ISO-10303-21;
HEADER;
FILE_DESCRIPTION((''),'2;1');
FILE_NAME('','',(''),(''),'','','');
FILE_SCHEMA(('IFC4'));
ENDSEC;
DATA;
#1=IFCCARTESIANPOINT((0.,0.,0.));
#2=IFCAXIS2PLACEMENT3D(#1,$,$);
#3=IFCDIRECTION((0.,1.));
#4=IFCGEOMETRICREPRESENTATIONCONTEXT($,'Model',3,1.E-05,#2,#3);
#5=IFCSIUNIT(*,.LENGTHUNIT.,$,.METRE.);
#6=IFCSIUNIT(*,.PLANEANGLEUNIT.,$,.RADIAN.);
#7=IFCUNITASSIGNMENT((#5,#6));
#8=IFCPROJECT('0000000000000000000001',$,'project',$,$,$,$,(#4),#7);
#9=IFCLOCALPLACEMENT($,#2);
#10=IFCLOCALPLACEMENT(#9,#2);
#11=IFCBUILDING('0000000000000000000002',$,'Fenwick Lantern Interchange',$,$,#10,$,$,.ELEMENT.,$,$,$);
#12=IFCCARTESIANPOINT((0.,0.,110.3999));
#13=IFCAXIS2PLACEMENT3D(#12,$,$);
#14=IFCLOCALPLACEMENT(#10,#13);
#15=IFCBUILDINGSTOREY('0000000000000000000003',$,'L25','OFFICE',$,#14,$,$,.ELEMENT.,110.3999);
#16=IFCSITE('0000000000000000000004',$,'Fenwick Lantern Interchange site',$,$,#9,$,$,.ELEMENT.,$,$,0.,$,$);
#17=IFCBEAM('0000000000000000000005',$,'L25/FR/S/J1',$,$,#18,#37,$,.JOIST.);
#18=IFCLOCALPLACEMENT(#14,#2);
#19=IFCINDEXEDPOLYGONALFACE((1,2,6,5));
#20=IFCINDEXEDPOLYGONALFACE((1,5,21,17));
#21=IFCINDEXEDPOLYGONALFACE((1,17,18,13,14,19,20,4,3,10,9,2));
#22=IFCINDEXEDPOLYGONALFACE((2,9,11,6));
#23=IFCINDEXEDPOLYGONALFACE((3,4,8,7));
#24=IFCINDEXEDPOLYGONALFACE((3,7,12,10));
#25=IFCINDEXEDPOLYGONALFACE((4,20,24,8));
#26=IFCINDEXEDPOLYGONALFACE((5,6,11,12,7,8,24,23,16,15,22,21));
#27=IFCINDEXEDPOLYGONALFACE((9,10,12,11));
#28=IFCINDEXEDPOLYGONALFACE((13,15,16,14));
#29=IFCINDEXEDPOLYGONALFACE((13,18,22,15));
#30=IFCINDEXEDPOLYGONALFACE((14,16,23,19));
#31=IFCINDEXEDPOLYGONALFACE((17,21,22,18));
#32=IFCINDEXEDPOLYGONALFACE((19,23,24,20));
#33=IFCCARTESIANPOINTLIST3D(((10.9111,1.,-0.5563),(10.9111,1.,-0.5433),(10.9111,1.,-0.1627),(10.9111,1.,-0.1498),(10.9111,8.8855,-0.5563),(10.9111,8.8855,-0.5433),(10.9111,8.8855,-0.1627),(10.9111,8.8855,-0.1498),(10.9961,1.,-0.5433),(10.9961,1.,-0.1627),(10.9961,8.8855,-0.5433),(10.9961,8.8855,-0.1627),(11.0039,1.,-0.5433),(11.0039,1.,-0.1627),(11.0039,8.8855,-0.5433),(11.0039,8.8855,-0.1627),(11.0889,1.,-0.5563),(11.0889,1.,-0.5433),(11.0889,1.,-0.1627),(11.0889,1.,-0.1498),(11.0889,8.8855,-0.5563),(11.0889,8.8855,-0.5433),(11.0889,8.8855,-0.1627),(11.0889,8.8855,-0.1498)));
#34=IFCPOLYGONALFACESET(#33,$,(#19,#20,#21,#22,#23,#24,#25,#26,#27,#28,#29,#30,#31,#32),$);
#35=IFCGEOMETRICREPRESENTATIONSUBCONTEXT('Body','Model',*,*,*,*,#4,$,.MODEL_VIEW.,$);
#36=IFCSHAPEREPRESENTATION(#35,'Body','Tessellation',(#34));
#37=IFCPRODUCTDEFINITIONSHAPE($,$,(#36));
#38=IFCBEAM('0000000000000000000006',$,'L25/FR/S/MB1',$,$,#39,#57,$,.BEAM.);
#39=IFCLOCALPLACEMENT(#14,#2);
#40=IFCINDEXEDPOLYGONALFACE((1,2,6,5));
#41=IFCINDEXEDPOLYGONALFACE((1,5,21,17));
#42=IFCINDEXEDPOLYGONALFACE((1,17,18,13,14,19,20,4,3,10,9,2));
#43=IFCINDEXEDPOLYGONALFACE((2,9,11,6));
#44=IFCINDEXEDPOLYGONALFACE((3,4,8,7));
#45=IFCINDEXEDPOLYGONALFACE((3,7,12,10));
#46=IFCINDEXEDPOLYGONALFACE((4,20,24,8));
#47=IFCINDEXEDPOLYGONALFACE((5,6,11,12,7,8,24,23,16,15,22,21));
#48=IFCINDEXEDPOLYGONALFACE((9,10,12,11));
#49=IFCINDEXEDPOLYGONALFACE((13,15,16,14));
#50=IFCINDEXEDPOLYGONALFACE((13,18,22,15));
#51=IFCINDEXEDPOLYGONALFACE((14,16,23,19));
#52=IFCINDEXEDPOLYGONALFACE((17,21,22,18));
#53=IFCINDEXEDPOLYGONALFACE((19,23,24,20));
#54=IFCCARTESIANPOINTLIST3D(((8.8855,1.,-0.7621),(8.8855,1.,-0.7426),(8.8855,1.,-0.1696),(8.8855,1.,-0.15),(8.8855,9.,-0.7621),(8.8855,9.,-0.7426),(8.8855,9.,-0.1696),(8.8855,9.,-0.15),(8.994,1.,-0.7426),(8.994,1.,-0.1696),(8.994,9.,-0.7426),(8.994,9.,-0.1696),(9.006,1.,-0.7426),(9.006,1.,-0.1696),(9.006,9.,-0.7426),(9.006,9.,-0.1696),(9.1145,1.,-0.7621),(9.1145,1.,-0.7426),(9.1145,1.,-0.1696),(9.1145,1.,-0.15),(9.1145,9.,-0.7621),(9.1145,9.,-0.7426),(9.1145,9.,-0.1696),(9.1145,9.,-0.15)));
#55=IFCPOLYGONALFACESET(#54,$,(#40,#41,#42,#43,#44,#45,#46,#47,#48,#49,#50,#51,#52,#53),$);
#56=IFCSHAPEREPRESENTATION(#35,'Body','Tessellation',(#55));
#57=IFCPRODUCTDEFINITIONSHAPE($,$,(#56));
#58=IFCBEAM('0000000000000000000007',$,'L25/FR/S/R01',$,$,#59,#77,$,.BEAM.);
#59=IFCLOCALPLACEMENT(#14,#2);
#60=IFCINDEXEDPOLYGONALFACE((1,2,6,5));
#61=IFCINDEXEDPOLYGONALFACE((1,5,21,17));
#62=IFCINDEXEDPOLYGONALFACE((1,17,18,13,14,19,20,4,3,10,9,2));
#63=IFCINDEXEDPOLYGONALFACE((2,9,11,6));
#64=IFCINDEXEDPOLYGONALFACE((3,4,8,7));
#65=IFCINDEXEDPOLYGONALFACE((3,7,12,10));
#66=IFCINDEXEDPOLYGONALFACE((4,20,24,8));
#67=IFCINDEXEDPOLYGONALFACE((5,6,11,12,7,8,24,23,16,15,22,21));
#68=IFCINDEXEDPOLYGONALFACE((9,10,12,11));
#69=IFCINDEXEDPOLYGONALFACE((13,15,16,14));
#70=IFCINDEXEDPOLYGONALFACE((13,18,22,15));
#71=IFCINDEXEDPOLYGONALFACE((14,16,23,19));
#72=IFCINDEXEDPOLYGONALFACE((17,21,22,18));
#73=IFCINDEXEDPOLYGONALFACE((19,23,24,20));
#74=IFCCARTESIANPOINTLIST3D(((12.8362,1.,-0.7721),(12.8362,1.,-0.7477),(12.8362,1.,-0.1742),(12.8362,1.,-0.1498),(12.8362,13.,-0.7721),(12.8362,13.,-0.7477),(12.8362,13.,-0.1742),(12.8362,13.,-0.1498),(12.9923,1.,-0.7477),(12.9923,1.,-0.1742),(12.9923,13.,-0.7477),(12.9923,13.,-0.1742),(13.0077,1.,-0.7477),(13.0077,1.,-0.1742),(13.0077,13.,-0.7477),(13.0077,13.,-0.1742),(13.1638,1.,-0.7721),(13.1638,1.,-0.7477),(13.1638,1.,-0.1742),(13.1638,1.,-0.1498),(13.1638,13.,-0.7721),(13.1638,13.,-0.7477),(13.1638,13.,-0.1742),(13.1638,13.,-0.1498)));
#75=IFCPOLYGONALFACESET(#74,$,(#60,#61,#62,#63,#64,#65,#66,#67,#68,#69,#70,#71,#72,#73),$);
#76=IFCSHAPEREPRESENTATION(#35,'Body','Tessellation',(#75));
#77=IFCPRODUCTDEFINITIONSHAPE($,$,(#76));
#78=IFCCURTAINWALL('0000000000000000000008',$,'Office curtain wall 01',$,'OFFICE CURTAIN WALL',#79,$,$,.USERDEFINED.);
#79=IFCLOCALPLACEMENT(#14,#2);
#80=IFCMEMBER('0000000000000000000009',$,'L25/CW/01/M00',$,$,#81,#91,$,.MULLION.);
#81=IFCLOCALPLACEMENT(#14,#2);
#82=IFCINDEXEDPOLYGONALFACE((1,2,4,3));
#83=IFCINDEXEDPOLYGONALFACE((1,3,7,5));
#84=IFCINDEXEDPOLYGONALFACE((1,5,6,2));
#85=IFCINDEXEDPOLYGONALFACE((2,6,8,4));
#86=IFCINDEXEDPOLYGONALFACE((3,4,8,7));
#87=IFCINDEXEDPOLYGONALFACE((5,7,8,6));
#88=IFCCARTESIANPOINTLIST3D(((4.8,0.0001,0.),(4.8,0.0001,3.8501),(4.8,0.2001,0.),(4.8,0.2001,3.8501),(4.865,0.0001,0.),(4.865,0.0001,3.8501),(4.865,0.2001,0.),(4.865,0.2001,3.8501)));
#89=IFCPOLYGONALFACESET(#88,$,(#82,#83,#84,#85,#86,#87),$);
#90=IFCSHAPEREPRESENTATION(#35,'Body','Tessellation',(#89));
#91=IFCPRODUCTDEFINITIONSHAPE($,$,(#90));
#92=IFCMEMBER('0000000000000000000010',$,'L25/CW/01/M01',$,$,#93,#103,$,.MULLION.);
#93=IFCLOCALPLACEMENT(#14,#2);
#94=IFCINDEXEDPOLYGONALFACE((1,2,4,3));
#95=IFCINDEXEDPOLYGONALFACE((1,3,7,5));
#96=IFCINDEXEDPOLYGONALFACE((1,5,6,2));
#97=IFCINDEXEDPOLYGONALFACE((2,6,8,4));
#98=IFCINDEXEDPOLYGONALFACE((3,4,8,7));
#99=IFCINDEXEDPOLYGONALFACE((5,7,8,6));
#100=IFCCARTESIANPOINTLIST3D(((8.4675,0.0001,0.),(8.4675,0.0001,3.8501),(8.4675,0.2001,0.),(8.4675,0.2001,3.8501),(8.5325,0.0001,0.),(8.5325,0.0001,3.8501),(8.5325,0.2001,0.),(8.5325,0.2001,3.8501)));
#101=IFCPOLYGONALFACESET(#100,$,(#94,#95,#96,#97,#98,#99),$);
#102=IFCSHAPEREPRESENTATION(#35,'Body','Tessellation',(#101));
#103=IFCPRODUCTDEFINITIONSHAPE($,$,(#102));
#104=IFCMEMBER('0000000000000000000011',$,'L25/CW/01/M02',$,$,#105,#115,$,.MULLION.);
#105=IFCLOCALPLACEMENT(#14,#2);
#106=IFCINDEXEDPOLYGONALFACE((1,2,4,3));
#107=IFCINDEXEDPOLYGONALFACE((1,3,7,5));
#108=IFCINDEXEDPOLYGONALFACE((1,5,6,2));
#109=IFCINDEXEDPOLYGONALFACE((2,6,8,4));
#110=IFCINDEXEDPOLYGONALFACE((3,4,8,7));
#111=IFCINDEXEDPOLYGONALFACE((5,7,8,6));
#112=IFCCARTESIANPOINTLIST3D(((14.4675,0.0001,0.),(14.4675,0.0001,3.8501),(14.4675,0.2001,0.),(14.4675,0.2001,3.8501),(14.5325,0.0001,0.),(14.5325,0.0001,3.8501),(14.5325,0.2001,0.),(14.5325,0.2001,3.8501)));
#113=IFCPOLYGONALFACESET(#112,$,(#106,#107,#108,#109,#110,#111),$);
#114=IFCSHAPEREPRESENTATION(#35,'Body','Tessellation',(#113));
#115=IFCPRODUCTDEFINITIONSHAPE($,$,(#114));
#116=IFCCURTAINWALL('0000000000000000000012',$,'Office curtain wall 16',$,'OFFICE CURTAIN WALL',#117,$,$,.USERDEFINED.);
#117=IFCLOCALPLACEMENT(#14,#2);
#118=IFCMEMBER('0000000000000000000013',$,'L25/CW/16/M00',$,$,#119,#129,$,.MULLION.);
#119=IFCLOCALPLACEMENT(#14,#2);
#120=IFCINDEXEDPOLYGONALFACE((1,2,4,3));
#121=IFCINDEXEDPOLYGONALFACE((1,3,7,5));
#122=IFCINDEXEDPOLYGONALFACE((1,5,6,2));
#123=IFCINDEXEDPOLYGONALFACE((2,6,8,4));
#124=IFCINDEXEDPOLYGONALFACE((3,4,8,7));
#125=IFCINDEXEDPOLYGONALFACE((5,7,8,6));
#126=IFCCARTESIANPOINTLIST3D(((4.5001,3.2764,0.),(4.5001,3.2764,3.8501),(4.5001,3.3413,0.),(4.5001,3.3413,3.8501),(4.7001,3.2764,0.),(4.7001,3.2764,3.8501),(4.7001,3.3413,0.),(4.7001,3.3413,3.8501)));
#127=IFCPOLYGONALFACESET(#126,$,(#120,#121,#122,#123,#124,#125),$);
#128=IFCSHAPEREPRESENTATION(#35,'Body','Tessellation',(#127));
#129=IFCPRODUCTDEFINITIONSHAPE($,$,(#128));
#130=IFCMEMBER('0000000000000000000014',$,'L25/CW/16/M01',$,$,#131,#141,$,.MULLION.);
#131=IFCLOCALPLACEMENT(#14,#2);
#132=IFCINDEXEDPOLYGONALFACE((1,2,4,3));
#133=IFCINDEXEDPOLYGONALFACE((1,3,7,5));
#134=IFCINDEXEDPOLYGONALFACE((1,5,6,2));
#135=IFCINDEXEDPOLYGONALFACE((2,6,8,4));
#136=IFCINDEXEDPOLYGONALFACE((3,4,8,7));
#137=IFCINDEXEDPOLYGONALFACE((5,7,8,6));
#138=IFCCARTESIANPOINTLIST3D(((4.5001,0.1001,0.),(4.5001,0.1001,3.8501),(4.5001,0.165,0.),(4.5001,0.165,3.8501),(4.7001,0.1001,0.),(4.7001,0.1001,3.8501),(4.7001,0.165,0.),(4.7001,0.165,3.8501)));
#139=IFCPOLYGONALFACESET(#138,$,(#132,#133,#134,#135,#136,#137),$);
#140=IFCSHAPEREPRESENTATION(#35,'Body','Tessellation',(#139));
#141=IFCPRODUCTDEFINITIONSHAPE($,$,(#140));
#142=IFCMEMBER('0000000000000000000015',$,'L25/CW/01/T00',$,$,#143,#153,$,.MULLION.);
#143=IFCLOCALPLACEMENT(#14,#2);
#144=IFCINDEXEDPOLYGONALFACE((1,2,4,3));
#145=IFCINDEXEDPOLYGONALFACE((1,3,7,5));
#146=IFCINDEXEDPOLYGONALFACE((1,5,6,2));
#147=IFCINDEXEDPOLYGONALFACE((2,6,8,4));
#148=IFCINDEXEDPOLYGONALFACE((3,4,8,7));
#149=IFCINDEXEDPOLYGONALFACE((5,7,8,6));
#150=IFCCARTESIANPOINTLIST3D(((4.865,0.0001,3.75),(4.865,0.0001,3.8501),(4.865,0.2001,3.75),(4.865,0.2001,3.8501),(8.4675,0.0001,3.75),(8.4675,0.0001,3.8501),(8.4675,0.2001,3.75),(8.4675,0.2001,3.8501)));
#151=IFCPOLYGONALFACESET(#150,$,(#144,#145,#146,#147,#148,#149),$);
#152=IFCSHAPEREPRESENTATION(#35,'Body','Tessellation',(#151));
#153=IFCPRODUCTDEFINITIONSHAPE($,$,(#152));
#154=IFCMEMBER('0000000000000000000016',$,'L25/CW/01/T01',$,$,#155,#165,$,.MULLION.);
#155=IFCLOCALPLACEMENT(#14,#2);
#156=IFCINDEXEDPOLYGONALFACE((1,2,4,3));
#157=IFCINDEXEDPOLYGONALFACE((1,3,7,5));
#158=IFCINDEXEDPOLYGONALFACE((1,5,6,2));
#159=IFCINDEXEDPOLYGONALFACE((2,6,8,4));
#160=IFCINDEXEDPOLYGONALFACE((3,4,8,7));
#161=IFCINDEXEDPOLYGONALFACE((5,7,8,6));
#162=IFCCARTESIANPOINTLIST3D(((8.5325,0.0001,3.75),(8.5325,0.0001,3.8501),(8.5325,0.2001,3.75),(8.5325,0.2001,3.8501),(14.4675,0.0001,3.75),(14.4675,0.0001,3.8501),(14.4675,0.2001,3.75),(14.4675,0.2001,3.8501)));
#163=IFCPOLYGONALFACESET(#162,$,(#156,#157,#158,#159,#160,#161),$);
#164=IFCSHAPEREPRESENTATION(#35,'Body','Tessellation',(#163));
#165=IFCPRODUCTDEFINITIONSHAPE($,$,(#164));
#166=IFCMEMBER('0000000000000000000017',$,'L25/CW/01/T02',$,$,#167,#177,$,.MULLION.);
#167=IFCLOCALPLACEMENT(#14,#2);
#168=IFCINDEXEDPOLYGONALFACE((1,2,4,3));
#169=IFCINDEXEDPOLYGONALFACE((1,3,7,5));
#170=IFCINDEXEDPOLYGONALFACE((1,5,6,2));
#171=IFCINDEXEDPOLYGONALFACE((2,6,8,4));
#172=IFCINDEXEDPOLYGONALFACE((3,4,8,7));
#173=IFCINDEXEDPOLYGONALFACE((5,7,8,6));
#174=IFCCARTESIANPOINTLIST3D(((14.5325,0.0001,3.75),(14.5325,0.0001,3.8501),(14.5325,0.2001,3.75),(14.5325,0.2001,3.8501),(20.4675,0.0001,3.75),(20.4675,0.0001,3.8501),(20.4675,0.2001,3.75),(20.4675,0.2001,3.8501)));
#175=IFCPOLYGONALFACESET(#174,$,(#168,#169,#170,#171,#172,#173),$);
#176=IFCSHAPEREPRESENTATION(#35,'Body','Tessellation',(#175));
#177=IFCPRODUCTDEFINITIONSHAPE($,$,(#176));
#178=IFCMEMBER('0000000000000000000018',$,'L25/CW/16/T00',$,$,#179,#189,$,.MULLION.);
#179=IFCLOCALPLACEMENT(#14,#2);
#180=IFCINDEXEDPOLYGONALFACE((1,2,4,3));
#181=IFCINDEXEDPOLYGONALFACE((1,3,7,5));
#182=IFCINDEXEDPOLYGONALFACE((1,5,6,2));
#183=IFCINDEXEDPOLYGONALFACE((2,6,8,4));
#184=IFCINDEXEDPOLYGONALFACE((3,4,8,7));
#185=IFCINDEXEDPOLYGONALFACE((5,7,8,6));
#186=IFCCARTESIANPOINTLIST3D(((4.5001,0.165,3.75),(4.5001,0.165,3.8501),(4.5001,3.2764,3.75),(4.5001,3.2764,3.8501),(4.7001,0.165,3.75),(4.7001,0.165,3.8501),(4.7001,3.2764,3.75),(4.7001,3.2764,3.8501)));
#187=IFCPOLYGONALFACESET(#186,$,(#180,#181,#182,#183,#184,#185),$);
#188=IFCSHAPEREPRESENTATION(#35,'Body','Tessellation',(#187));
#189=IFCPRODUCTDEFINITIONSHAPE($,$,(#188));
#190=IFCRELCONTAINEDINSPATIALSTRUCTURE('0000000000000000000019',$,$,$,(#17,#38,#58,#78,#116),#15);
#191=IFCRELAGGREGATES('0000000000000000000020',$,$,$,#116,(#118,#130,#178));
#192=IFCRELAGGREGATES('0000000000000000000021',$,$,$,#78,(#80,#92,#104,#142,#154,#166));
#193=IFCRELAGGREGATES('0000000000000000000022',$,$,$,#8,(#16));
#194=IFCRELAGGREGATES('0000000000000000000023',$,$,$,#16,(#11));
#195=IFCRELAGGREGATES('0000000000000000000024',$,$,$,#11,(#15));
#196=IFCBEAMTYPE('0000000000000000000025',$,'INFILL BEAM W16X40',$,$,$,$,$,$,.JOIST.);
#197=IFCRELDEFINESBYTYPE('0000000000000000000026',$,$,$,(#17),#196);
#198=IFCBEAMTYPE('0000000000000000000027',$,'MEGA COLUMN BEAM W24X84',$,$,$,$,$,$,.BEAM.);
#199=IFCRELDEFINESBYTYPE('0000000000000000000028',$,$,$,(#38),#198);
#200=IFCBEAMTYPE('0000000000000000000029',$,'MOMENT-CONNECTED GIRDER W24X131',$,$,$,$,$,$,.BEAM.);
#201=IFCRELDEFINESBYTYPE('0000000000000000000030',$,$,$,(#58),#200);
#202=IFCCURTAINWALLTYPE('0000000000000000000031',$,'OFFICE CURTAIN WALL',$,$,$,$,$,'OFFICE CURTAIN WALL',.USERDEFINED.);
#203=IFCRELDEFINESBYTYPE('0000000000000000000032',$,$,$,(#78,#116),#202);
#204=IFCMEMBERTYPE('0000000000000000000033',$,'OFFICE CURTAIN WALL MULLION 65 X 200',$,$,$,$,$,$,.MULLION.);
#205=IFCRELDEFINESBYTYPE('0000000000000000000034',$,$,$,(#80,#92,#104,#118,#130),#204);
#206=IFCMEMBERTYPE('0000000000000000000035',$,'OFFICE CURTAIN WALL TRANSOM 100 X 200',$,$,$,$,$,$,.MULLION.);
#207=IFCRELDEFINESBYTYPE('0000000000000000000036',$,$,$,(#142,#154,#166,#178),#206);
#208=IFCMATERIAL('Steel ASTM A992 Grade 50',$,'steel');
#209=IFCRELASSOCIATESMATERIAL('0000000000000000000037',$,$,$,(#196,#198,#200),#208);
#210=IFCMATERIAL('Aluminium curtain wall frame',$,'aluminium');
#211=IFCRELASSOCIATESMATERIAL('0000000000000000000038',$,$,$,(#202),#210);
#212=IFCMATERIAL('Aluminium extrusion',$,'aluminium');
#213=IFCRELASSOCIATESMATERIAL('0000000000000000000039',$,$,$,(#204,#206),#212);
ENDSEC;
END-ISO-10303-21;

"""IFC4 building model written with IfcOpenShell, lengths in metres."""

from ifc_helpers import new_model, si_unit, direction, frame, origin, origin_2d, place, context, subcontext, project, spatial, rectangle, i_section, extrude, material, material_profile, profile_set, type_object, element, aggregate, save


model = new_model("IFC4")

# Units and contexts
model_context = context("Model", 3, precision=1e-05, world=origin(), true_north=direction((0.0, 1.0)))
body_context = subcontext(model_context, "Body", "Model", "MODEL_VIEW")
ifc_project = project(units=[si_unit("LENGTHUNIT", "METRE"), si_unit("PLANEANGLEUNIT", "RADIAN")], contexts=[model_context])

# Site, building, storey
site_placement = place(None, origin())
site = spatial("IfcSite", under=ifc_project, at=site_placement, Name="Fenwick Lantern Interchange site", CompositionType="ELEMENT", RefElevation=0.0)
building_placement = place(site_placement, origin())
building = spatial("IfcBuilding", under=site, at=building_placement, Name="Fenwick Lantern Interchange", CompositionType="ELEMENT")
storey_placement = place(building_placement, frame((0.0, 0.0, 110.3999)))
storey = spatial("IfcBuildingStorey", under=building, at=storey_placement, Name="L25", Description="OFFICE", CompositionType="ELEMENT", Elevation=110.3999)

# Shared definitions
ifc_material_1 = material(Name="Steel ASTM A992 Grade 50", Category="steel")

# Beams
ifc_material_profile_1 = material_profile(ifc_material_1, i_section(OverallWidth=0.1777, OverallDepth=0.4065, WebThickness=0.0078, FlangeThickness=0.0129, at=origin_2d()), Name="W16X40")
ifc_profile_set_1 = profile_set([ifc_material_profile_1], Name="Steel ASTM A992 Grade 50")
beam_type_1 = type_object("IfcBeamType", Name="INFILL BEAM W16X40", PredefinedType="JOIST", material=ifc_profile_set_1)
beam_1_placement = place(storey_placement, frame((11.0, 1.0, -0.353), z_axis=(0.0, 1.0, 0.0), x_axis=(-1.0, 0.0, 0.0)))
element("IfcBeam", 1, at=beam_1_placement, inside=storey, type_object=beam_type_1, Name="L25/FR/S/J1", PredefinedType="JOIST", context=body_context, shape_type="SweptSolid", body=[
    extrude(i_section(OverallWidth=0.1777, OverallDepth=0.4065, WebThickness=0.0078, FlangeThickness=0.0129, at=origin_2d()), origin(), (0.0, 0.0, 1.0), 7.8855),
])
ifc_material_profile_2 = material_profile(ifc_material_1, i_section(OverallWidth=0.229, OverallDepth=0.6121, WebThickness=0.012, FlangeThickness=0.0195, at=origin_2d()), Name="W24X84")
ifc_profile_set_2 = profile_set([ifc_material_profile_2], Name="Steel ASTM A992 Grade 50")
beam_type_2 = type_object("IfcBeamType", Name="MEGA COLUMN BEAM W24X84", PredefinedType="BEAM", material=ifc_profile_set_2)
beam_2_placement = place(storey_placement, frame((9.0, 9.0, -0.4561), z_axis=(0.0, -1.0, 0.0), x_axis=(1.0, 0.0, 0.0)))
element("IfcBeam", 2, at=beam_2_placement, inside=storey, type_object=beam_type_2, Name="L25/FR/S/MB1", PredefinedType="BEAM", context=body_context, shape_type="SweptSolid", body=[
    extrude(i_section(OverallWidth=0.229, OverallDepth=0.6121, WebThickness=0.012, FlangeThickness=0.0195, at=origin_2d()), origin(), (0.0, 0.0, 1.0), 8.0),
])
ifc_material_profile_3 = material_profile(ifc_material_1, i_section(OverallWidth=0.3276, OverallDepth=0.6223, WebThickness=0.0154, FlangeThickness=0.0244, at=origin_2d()), Name="W24X131")
ifc_profile_set_3 = profile_set([ifc_material_profile_3], Name="Steel ASTM A992 Grade 50")
beam_type_3 = type_object("IfcBeamType", Name="MOMENT-CONNECTED GIRDER W24X131", PredefinedType="BEAM", material=ifc_profile_set_3)
beam_3_placement = place(storey_placement, frame((13.0, 1.0, -0.4609), z_axis=(0.0, 1.0, 0.0), x_axis=(-1.0, 0.0, 0.0)))
element("IfcBeam", 3, at=beam_3_placement, inside=storey, type_object=beam_type_3, Name="L25/FR/S/R01", PredefinedType="BEAM", context=body_context, shape_type="SweptSolid", body=[
    extrude(i_section(OverallWidth=0.3276, OverallDepth=0.6223, WebThickness=0.0154, FlangeThickness=0.0244, at=origin_2d()), origin(), (0.0, 0.0, 1.0), 12.0),
])

# Curtain walls, members
ifc_material_2 = material(Name="Aluminium curtain wall frame", Category="aluminium")
curtain_wall_type = type_object("IfcCurtainWallType", Name="OFFICE CURTAIN WALL", ElementType="OFFICE CURTAIN WALL", PredefinedType="USERDEFINED", material=ifc_material_2)
curtain_wall_1_placement = place(storey_placement, origin())
curtain_wall_1 = element("IfcCurtainWall", 4, at=curtain_wall_1_placement, inside=storey, type_object=curtain_wall_type, Name="Office curtain wall 01", ObjectType="OFFICE CURTAIN WALL", PredefinedType="USERDEFINED")
ifc_material_3 = material(Name="Aluminium extrusion", Category="aluminium")
ifc_material_profile_4 = material_profile(ifc_material_3, rectangle(XDim=0.2, YDim=0.0649, at=origin_2d()), Name="OFFICE CURTAIN WALL MULLION 65 X 200")
ifc_profile_set_4 = profile_set([ifc_material_profile_4], Name="Aluminium extrusion")
member_type_1 = type_object("IfcMemberType", Name="OFFICE CURTAIN WALL MULLION 65 X 200", PredefinedType="MULLION", material=ifc_profile_set_4)
member_1_placement = place(storey_placement, frame((4.8325, 0.1001, 0.0), z_axis=(0.0, 0.0, 1.0), x_axis=(0.0, 1.0, 0.0)))
member_1 = element("IfcMember", 5, at=member_1_placement, type_object=member_type_1, Name="L25/CW/01/M00", PredefinedType="MULLION", context=body_context, shape_type="SweptSolid", body=[
    extrude(rectangle(XDim=0.2, YDim=0.0649, at=origin_2d()), origin(), (0.0, 0.0, 1.0), 3.8501),
])
member_2_placement = place(storey_placement, frame((8.5, 0.1001, 0.0), z_axis=(0.0, 0.0, 1.0), x_axis=(0.0, 1.0, 0.0)))
member_2 = element("IfcMember", 6, at=member_2_placement, type_object=member_type_1, Name="L25/CW/01/M01", PredefinedType="MULLION", context=body_context, shape_type="SweptSolid", body=[
    extrude(rectangle(XDim=0.2, YDim=0.0649, at=origin_2d()), origin(), (0.0, 0.0, 1.0), 3.8501),
])
member_3_placement = place(storey_placement, frame((14.5, 0.1001, 0.0), z_axis=(0.0, 0.0, 1.0), x_axis=(0.0, 1.0, 0.0)))
member_3 = element("IfcMember", 7, at=member_3_placement, type_object=member_type_1, Name="L25/CW/01/M02", PredefinedType="MULLION", context=body_context, shape_type="SweptSolid", body=[
    extrude(rectangle(XDim=0.2, YDim=0.0649, at=origin_2d()), origin(), (0.0, 0.0, 1.0), 3.8501),
])
curtain_wall_2_placement = place(storey_placement, origin())
curtain_wall_2 = element("IfcCurtainWall", 8, at=curtain_wall_2_placement, inside=storey, type_object=curtain_wall_type, Name="Office curtain wall 16", ObjectType="OFFICE CURTAIN WALL", PredefinedType="USERDEFINED")
member_4_placement = place(storey_placement, frame((4.6001, 3.3088, 0.0), z_axis=(0.0, 0.0, 1.0), x_axis=(1.0, 0.0, 0.0)))
member_4 = element("IfcMember", 9, at=member_4_placement, type_object=member_type_1, Name="L25/CW/16/M00", PredefinedType="MULLION", context=body_context, shape_type="SweptSolid", body=[
    extrude(rectangle(XDim=0.2, YDim=0.0649, at=origin_2d()), origin(), (0.0, 0.0, 1.0), 3.8501),
])
member_5_placement = place(storey_placement, frame((4.6001, 0.1326, 0.0), z_axis=(0.0, 0.0, 1.0), x_axis=(1.0, 0.0, 0.0)))
member_5 = element("IfcMember", 10, at=member_5_placement, type_object=member_type_1, Name="L25/CW/16/M01", PredefinedType="MULLION", context=body_context, shape_type="SweptSolid", body=[
    extrude(rectangle(XDim=0.2, YDim=0.0649, at=origin_2d()), origin(), (0.0, 0.0, 1.0), 3.8501),
])

# Members
ifc_material_profile_5 = material_profile(ifc_material_3, rectangle(XDim=0.2, YDim=0.1001, at=origin_2d()), Name="OFFICE CURTAIN WALL TRANSOM 100 X 200")
ifc_profile_set_5 = profile_set([ifc_material_profile_5], Name="Aluminium extrusion")
member_type_2 = type_object("IfcMemberType", Name="OFFICE CURTAIN WALL TRANSOM 100 X 200", PredefinedType="MULLION", material=ifc_profile_set_5)
member_6_placement = place(storey_placement, frame((4.865, 0.1001, 3.8), z_axis=(1.0, 0.0, 0.0), x_axis=(0.0, 1.0, 0.0)))
member_6 = element("IfcMember", 11, at=member_6_placement, type_object=member_type_2, Name="L25/CW/01/T00", PredefinedType="MULLION", context=body_context, shape_type="SweptSolid", body=[
    extrude(rectangle(XDim=0.2, YDim=0.1001, at=origin_2d()), origin(), (0.0, 0.0, 1.0), 3.6025),
])
member_7_placement = place(storey_placement, frame((8.5325, 0.1001, 3.8), z_axis=(1.0, 0.0, 0.0), x_axis=(0.0, 1.0, 0.0)))
member_7 = element("IfcMember", 12, at=member_7_placement, type_object=member_type_2, Name="L25/CW/01/T01", PredefinedType="MULLION", context=body_context, shape_type="SweptSolid", body=[
    extrude(rectangle(XDim=0.2, YDim=0.1001, at=origin_2d()), origin(), (0.0, 0.0, 1.0), 5.9351),
])
member_8_placement = place(storey_placement, frame((14.5325, 0.1001, 3.8), z_axis=(1.0, 0.0, 0.0), x_axis=(0.0, 1.0, 0.0)))
member_8 = element("IfcMember", 13, at=member_8_placement, type_object=member_type_2, Name="L25/CW/01/T02", PredefinedType="MULLION", context=body_context, shape_type="SweptSolid", body=[
    extrude(rectangle(XDim=0.2, YDim=0.1001, at=origin_2d()), origin(), (0.0, 0.0, 1.0), 5.9351),
])
member_9_placement = place(storey_placement, frame((4.6001, 3.2764, 3.8), z_axis=(0.0, -1.0, 0.0), x_axis=(1.0, 0.0, 0.0)))
member_9 = element("IfcMember", 14, at=member_9_placement, type_object=member_type_2, Name="L25/CW/16/T00", PredefinedType="MULLION", context=body_context, shape_type="SweptSolid", body=[
    extrude(rectangle(XDim=0.2, YDim=0.1001, at=origin_2d()), origin(), (0.0, 0.0, 1.0), 3.1113),
])
aggregate(curtain_wall_2, [member_4, member_5, member_9])

aggregate(curtain_wall_1, [member_1, member_2, member_3, member_6, member_7, member_8])

save(model, "model.ifc")
